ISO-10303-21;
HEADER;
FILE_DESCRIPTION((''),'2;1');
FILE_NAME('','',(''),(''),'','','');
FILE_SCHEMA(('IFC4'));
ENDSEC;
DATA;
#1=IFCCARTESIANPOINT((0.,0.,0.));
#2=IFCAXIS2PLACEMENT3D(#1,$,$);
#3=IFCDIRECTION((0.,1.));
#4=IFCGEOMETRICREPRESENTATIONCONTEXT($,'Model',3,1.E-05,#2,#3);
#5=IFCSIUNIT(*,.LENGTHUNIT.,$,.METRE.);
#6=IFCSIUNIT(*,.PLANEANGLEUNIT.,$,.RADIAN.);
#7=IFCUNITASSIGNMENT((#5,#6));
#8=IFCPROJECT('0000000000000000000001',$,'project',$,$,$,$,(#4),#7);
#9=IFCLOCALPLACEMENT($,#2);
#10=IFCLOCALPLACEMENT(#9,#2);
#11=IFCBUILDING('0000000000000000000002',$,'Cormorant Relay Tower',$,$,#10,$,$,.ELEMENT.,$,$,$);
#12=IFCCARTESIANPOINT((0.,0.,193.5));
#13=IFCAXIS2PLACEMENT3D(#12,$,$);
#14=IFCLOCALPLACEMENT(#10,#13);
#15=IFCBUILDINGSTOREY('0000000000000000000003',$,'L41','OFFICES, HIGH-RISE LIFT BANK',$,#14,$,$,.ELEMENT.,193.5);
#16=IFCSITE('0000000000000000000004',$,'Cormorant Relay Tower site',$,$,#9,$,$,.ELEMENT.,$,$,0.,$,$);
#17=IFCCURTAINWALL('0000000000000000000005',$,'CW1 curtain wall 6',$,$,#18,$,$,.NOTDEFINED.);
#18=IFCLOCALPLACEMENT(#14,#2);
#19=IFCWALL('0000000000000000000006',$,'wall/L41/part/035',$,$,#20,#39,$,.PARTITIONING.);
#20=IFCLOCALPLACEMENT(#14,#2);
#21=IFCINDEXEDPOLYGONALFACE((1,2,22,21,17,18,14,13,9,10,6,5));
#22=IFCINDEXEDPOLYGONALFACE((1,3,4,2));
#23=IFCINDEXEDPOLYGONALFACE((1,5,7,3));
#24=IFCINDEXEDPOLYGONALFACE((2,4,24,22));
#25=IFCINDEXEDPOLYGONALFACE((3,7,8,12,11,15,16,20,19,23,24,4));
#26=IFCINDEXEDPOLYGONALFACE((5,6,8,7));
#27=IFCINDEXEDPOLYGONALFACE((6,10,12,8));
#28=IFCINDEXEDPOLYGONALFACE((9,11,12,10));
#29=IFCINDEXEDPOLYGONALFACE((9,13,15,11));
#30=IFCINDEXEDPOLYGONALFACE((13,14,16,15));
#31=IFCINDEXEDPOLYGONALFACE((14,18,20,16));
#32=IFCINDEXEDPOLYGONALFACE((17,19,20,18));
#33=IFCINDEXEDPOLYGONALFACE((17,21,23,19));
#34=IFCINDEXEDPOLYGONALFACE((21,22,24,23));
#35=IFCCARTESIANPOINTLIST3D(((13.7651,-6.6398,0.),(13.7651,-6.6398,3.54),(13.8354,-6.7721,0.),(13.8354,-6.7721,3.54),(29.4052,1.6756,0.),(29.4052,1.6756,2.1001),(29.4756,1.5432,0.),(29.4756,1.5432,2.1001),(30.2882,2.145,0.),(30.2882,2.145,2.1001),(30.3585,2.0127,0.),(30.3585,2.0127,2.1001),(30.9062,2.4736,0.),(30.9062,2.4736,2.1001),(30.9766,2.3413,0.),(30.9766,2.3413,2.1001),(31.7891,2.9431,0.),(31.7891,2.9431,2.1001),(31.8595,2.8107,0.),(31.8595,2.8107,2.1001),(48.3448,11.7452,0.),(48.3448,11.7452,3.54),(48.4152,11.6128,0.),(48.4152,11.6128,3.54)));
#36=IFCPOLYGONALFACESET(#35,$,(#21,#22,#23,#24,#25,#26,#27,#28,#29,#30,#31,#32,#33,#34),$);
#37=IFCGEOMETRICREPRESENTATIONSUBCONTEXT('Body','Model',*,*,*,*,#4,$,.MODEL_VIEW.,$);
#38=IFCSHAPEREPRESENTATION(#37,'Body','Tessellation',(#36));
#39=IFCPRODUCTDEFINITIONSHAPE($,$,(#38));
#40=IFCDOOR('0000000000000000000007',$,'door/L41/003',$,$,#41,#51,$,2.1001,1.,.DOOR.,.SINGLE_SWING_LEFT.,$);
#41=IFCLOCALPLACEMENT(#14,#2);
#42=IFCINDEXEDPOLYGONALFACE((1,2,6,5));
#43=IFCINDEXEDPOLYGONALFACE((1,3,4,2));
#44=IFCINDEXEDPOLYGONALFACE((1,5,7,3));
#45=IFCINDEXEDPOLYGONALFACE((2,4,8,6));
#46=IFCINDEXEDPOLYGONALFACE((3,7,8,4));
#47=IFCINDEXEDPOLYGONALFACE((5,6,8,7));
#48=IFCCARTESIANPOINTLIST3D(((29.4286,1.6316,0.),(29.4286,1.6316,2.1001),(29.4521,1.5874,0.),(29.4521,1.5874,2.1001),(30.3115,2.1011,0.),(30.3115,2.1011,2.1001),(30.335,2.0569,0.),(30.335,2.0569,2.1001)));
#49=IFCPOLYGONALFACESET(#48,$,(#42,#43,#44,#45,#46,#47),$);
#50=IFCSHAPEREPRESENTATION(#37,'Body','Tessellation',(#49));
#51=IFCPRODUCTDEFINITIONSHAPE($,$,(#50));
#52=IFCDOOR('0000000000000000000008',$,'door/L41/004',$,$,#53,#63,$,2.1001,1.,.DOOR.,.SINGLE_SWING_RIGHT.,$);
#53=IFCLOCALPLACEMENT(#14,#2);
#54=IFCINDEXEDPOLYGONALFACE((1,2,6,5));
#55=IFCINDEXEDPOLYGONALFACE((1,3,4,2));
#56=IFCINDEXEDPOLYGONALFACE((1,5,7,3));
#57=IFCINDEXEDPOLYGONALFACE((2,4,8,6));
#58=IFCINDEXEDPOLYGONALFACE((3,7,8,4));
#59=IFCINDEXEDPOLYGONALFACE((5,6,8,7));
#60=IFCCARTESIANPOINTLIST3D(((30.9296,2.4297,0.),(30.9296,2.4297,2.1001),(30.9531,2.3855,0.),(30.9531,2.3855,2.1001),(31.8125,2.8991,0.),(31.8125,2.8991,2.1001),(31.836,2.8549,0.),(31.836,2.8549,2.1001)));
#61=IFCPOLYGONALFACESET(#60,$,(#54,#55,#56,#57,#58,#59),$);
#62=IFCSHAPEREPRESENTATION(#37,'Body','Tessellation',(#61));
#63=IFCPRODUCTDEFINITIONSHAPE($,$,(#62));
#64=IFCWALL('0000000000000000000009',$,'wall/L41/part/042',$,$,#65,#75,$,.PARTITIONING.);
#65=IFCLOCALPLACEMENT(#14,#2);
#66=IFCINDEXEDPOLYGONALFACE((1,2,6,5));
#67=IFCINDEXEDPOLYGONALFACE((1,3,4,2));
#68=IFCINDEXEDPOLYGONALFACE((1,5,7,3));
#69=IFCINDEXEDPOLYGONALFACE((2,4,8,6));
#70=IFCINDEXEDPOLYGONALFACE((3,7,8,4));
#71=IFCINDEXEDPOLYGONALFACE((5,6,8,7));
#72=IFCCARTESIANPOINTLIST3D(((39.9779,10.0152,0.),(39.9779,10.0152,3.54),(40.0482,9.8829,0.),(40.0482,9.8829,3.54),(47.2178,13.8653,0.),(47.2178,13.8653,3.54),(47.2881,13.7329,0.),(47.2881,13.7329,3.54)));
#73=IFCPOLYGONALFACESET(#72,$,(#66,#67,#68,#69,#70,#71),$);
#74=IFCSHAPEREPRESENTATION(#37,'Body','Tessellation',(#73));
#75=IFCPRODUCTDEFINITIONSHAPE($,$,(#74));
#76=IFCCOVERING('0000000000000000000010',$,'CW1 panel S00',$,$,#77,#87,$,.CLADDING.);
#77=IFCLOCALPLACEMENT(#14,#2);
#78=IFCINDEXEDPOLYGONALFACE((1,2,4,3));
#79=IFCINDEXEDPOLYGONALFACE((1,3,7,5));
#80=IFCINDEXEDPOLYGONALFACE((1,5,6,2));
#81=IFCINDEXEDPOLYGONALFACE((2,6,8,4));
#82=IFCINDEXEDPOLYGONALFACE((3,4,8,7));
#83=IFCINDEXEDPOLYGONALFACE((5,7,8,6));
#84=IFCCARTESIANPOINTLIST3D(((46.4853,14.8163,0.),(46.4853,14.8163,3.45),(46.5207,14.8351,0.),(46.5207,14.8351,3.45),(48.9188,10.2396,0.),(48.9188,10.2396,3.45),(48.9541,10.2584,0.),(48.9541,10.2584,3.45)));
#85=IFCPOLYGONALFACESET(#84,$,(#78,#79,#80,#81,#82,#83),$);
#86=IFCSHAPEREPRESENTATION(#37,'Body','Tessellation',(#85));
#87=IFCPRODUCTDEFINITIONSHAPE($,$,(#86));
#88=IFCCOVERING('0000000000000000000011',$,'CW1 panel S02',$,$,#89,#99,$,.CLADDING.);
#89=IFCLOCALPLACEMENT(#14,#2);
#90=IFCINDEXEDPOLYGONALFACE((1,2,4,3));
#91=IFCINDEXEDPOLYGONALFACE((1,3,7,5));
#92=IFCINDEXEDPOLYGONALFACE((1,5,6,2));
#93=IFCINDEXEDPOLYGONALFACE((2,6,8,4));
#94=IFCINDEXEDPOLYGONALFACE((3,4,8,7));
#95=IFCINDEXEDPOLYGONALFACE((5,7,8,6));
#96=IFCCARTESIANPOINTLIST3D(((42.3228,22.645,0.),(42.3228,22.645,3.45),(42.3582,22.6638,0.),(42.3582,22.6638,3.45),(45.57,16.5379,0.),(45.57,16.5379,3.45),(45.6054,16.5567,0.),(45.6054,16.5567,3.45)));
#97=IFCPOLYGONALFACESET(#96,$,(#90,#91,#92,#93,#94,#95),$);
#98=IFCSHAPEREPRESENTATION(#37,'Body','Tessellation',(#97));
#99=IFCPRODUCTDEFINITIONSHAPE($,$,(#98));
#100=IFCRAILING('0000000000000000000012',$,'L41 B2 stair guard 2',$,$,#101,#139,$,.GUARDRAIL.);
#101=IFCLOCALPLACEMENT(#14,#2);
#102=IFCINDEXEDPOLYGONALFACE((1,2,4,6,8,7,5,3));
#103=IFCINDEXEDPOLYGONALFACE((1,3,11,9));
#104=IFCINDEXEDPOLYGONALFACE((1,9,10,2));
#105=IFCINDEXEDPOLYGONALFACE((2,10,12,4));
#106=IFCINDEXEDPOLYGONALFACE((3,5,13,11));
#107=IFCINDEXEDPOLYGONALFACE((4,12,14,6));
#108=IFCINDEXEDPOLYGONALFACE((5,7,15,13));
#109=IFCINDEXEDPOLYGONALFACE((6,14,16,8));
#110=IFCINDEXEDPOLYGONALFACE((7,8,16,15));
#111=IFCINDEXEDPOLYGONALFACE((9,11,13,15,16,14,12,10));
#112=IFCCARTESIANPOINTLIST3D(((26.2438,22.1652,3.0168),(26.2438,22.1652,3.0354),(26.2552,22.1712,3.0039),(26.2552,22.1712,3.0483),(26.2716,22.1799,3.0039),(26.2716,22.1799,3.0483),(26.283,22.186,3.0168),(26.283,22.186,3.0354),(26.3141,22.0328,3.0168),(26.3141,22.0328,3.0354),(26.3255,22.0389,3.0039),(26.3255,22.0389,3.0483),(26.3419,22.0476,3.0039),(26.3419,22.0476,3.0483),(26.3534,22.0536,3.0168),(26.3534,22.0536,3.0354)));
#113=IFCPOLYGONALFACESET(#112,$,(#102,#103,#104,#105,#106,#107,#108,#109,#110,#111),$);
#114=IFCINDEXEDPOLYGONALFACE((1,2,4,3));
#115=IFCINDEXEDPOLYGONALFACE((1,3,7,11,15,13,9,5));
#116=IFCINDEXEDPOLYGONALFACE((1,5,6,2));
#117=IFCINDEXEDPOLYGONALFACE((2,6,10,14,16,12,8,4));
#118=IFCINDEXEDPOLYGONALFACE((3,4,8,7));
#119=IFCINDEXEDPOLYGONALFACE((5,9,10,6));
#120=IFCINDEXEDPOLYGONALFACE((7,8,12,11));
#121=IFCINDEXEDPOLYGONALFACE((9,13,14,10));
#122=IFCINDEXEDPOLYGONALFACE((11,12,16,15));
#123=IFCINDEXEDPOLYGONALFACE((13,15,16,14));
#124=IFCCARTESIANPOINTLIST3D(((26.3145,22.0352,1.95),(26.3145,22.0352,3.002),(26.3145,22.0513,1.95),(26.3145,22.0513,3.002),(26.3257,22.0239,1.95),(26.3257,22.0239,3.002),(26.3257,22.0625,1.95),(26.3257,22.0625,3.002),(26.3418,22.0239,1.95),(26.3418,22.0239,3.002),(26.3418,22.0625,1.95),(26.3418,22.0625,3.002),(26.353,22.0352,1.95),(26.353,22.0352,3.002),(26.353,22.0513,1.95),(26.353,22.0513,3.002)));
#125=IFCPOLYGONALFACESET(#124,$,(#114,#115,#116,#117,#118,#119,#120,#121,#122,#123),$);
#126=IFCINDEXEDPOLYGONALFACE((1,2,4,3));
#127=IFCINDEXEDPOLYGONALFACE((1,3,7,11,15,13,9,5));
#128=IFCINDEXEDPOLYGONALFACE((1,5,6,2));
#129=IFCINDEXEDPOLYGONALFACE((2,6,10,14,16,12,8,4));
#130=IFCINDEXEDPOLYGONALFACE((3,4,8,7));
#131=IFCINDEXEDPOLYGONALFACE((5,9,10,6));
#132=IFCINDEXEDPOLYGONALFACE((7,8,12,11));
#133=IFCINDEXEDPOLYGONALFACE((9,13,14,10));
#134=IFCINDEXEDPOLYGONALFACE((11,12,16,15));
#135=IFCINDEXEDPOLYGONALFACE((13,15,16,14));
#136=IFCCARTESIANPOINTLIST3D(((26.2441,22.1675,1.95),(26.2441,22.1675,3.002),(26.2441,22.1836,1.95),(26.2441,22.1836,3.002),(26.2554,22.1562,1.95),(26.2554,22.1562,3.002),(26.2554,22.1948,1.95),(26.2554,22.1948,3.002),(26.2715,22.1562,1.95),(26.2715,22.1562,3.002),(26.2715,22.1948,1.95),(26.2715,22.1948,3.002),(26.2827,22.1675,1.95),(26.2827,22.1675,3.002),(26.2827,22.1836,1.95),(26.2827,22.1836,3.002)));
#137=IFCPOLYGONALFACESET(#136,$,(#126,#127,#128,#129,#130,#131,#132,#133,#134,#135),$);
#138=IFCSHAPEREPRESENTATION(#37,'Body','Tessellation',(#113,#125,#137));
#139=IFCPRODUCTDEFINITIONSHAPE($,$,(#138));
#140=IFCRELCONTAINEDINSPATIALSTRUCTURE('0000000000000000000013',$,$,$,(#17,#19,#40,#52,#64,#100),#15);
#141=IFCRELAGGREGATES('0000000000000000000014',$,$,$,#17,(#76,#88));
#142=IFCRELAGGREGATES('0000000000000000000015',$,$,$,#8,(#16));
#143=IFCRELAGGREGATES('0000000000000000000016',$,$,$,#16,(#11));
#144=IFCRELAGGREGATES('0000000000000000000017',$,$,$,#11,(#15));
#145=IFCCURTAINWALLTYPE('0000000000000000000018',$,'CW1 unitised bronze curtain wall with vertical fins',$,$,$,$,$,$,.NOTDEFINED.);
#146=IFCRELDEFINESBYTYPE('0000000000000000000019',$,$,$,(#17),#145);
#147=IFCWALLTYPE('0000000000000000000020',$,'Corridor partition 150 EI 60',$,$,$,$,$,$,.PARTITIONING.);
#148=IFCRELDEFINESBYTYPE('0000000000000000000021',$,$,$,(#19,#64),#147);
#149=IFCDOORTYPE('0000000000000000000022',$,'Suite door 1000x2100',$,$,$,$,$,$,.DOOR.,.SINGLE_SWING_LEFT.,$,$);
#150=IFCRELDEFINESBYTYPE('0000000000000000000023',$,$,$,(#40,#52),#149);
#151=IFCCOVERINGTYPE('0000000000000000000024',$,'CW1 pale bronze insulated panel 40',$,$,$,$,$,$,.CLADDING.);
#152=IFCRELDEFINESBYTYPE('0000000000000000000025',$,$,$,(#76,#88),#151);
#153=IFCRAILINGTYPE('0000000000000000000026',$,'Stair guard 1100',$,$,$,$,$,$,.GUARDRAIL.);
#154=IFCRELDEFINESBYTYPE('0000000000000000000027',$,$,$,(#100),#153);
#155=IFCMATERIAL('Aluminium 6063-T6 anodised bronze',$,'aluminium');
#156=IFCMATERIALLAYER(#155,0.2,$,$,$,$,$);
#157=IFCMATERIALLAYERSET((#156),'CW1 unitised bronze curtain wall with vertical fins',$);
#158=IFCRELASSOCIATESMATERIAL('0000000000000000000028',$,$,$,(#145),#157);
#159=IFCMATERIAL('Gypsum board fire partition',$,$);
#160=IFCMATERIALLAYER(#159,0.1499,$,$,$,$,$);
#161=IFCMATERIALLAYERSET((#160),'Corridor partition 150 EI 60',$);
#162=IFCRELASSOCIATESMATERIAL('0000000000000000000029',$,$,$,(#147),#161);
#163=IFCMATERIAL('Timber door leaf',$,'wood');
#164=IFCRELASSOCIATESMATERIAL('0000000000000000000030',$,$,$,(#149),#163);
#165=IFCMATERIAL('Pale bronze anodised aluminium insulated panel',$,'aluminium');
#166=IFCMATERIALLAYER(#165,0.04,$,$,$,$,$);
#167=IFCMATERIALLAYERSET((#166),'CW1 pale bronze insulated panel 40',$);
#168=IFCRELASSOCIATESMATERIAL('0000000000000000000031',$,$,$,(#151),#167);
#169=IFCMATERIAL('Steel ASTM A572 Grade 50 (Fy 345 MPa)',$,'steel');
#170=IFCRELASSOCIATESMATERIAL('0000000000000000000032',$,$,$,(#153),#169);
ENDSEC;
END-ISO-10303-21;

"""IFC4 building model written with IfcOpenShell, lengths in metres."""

from ifc_helpers import new_model, si_unit, direction, frame, frame_2d, origin, origin_2d, place, context, subcontext, project, spatial, polyline, rectangle, outline, extrude, material, layer, layer_set, type_object, element, fill, aggregate, save


model = new_model("IFC4")

# Units and contexts
model_context = context("Model", 3, precision=1e-05, world=origin(), true_north=direction((0.0, 1.0)))
body_context = subcontext(model_context, "Body", "Model", "MODEL_VIEW")
ifc_project = project(units=[si_unit("LENGTHUNIT", "METRE"), si_unit("PLANEANGLEUNIT", "RADIAN")], contexts=[model_context])

# Site, building, storey
site_placement = place(None, origin())
site = spatial("IfcSite", under=ifc_project, at=site_placement, Name="Cormorant Relay Tower site", CompositionType="ELEMENT", RefElevation=0.0)
building_placement = place(site_placement, origin())
building = spatial("IfcBuilding", under=site, at=building_placement, Name="Cormorant Relay Tower", CompositionType="ELEMENT")
storey_placement = place(building_placement, frame((0.0, 0.0, 193.5)))
storey = spatial("IfcBuildingStorey", under=building, at=storey_placement, Name="L41", Description="OFFICES, HIGH-RISE LIFT BANK", CompositionType="ELEMENT", Elevation=193.5)

# Curtain wall
ifc_material_1 = material(Name="Aluminium 6063-T6 anodised bronze", Category="aluminium")
ifc_layer_1 = layer(ifc_material_1, 0.2)
ifc_layer_set_1 = layer_set([ifc_layer_1], Name="CW1 unitised bronze curtain wall with vertical fins")
curtain_wall_type = type_object("IfcCurtainWallType", Name="CW1 unitised bronze curtain wall with vertical fins", PredefinedType="NOTDEFINED", material=ifc_layer_set_1)
curtain_wall_1_placement = place(storey_placement, origin())
curtain_wall_1 = element("IfcCurtainWall", 1, at=curtain_wall_1_placement, inside=storey, type_object=curtain_wall_type, Name="CW1 curtain wall 6", PredefinedType="NOTDEFINED")

# Wall, openings, doors
ifc_material_2 = material(Name="Gypsum board fire partition")
ifc_layer_2 = layer(ifc_material_2, 0.1499)
ifc_layer_set_2 = layer_set([ifc_layer_2], Name="Corridor partition 150 EI 60")
wall_type_1 = type_object("IfcWallType", Name="Corridor partition 150 EI 60", PredefinedType="PARTITIONING", material=ifc_layer_set_2)
wall_1_placement = place(storey_placement, frame((48.3799, 11.679, 0.0), z_axis=(0.0, 0.0, 1.0), x_axis=(-0.882963, -0.469443, 0.0)))
wall_1 = element("IfcWall", 2, at=wall_1_placement, inside=storey, type_object=wall_type_1, Name="wall/L41/part/035", PredefinedType="PARTITIONING", context=body_context, shape_type="SweptSolid", body=[
    extrude(rectangle(XDim=39.1633, YDim=0.1499, at=frame_2d((19.5815, 0.0))), origin(), (0.0, 0.0, 1.0), 3.54),
])
opening_1_placement = place(wall_1_placement, frame((20.45, 0.0, 0.0)))
opening_1 = element("IfcOpeningElement", 3, at=opening_1_placement, cuts=wall_1, PredefinedType="OPENING", context=body_context, shape_type="SweptSolid", body=[
    extrude(rectangle(XDim=1.0, YDim=2.1001, at=frame_2d((0.5, 1.05))), frame((0.0, 0.085, 0.0), z_axis=(0.0, -1.0, 0.0), x_axis=(1.0, 0.0, 0.0)), (0.0, 0.0, 1.0), 0.1699),
])
opening_2_placement = place(wall_1_placement, frame((18.75, 0.0, 0.0)))
opening_2 = element("IfcOpeningElement", 4, at=opening_2_placement, cuts=wall_1, PredefinedType="OPENING", context=body_context, shape_type="SweptSolid", body=[
    extrude(rectangle(XDim=1.0, YDim=2.1001, at=frame_2d((0.5, 1.05))), frame((0.0, 0.085, 0.0), z_axis=(0.0, -1.0, 0.0), x_axis=(1.0, 0.0, 0.0)), (0.0, 0.0, 1.0), 0.1699),
])
ifc_material_3 = material(Name="Timber door leaf", Category="wood")
door_type_1 = type_object("IfcDoorType", Name="Suite door 1000x2100", OperationType="SINGLE_SWING_LEFT", PredefinedType="DOOR", material=ifc_material_3)
door_1_placement = place(opening_1_placement, origin())
door_1 = element("IfcDoor", 5, at=door_1_placement, inside=storey, type_object=door_type_1, Name="door/L41/003", OperationType="SINGLE_SWING_LEFT", OverallHeight=2.1001, OverallWidth=1.0, PredefinedType="DOOR", context=body_context, shape_type="SweptSolid", body=[
    extrude(rectangle(XDim=1.0, YDim=2.1001, at=frame_2d((0.5, 1.05))), frame((0.0, 0.0249, 0.0), z_axis=(0.0, -1.0, 0.0), x_axis=(1.0, 0.0, 0.0)), (0.0, 0.0, 1.0), 0.05),
])
fill(opening_1, door_1)
door_2_placement = place(opening_2_placement, origin())
door_2 = element("IfcDoor", 6, at=door_2_placement, inside=storey, type_object=door_type_1, Name="door/L41/004", OperationType="SINGLE_SWING_RIGHT", OverallHeight=2.1001, OverallWidth=1.0, PredefinedType="DOOR", context=body_context, shape_type="SweptSolid", body=[
    extrude(rectangle(XDim=1.0, YDim=2.1001, at=frame_2d((0.5, 1.05))), frame((0.0, 0.0249, 0.0), z_axis=(0.0, -1.0, 0.0), x_axis=(1.0, 0.0, 0.0)), (0.0, 0.0, 1.0), 0.05),
])
fill(opening_2, door_2)

# Wall
wall_2_placement = place(storey_placement, frame((40.0129, 9.949, 0.0), z_axis=(0.0, 0.0, 1.0), x_axis=(0.882921, 0.469522, 0.0)))
element("IfcWall", 7, at=wall_2_placement, inside=storey, type_object=wall_type_1, Name="wall/L41/part/042", PredefinedType="PARTITIONING", context=body_context, shape_type="SweptSolid", body=[
    extrude(rectangle(XDim=8.2, YDim=0.1499, at=frame_2d((4.1001, 0.0))), origin(), (0.0, 0.0, 1.0), 3.54),
])

# Coverings
ifc_material_4 = material(Name="Pale bronze anodised aluminium insulated panel", Category="aluminium")
ifc_layer_3 = layer(ifc_material_4, 0.04)
ifc_layer_set_3 = layer_set([ifc_layer_3], Name="CW1 pale bronze insulated panel 40")
covering_type = type_object("IfcCoveringType", Name="CW1 pale bronze insulated panel 40", PredefinedType="CLADDING", material=ifc_layer_set_3)
covering_1_placement = place(storey_placement, frame((47.7197, 12.5374, 0.0), z_axis=(0.0, 0.0, 1.0), x_axis=(-0.469472, 0.882948, 0.0)))
covering_1 = element("IfcCovering", 8, at=covering_1_placement, type_object=covering_type, Name="CW1 panel S00", PredefinedType="CLADDING", context=body_context, shape_type="SweptSolid", body=[
    extrude(rectangle(XDim=5.1833, YDim=0.04, at=origin_2d()), origin(), (0.0, 0.0, 1.0), 3.45),
])
covering_2_placement = place(storey_placement, frame((43.9641, 19.6008, 0.0), z_axis=(0.0, 0.0, 1.0), x_axis=(-0.469472, 0.882948, 0.0)))
covering_2 = element("IfcCovering", 9, at=covering_2_placement, type_object=covering_type, Name="CW1 panel S02", PredefinedType="CLADDING", context=body_context, shape_type="SweptSolid", body=[
    extrude(rectangle(XDim=6.9167, YDim=0.04, at=origin_2d()), origin(), (0.0, 0.0, 1.0), 3.45),
])
aggregate(curtain_wall_1, [covering_1, covering_2])

# Railing
ifc_material_5 = material(Name="Steel ASTM A572 Grade 50 (Fy 345 MPa)", Category="steel")
railing_type = type_object("IfcRailingType", Name="Stair guard 1100", PredefinedType="GUARDRAIL", material=ifc_material_5)
railing_1_placement = place(storey_placement, frame((26.3337, 22.0432, 1.95)))
element("IfcRailing", 10, at=railing_1_placement, inside=storey, type_object=railing_type, Name="L41 B2 stair guard 2", PredefinedType="GUARDRAIL", context=body_context, shape_type="SweptSolid", body=[
    extrude(outline(polyline([(0.0222, 0.0093), (0.0093, 0.0222), (-0.0093, 0.0222), (-0.0222, 0.0093), (-0.0222, -0.0093), (-0.0093, -0.0222), (0.0093, -0.0222), (0.0222, -0.0093), (0.0222, 0.0093)])), frame((0.0, 0.0, 1.0762), z_axis=(-0.469235, 0.883074, 0.0), x_axis=(-0.883074, -0.469235, 0.0)), (0.0, 0.0, 1.0), 0.1499),
    extrude(outline(polyline([(0.0193, 0.0081), (0.0081, 0.0193), (-0.0081, 0.0193), (-0.0193, 0.0081), (-0.0193, -0.0081), (-0.0081, -0.0193), (0.0081, -0.0193), (0.0193, -0.0081), (0.0193, 0.0081)])), origin(), (0.0, 0.0, 1.0), 1.052),
    extrude(outline(polyline([(0.0193, 0.0081), (0.0081, 0.0193), (-0.0081, 0.0193), (-0.0193, 0.0081), (-0.0193, -0.0081), (-0.0081, -0.0193), (0.0081, -0.0193), (0.0193, -0.0081), (0.0193, 0.0081)])), frame((-0.0703, 0.1323, 0.0)), (0.0, 0.0, 1.0), 1.052),
])

save(model, "model.ifc")
